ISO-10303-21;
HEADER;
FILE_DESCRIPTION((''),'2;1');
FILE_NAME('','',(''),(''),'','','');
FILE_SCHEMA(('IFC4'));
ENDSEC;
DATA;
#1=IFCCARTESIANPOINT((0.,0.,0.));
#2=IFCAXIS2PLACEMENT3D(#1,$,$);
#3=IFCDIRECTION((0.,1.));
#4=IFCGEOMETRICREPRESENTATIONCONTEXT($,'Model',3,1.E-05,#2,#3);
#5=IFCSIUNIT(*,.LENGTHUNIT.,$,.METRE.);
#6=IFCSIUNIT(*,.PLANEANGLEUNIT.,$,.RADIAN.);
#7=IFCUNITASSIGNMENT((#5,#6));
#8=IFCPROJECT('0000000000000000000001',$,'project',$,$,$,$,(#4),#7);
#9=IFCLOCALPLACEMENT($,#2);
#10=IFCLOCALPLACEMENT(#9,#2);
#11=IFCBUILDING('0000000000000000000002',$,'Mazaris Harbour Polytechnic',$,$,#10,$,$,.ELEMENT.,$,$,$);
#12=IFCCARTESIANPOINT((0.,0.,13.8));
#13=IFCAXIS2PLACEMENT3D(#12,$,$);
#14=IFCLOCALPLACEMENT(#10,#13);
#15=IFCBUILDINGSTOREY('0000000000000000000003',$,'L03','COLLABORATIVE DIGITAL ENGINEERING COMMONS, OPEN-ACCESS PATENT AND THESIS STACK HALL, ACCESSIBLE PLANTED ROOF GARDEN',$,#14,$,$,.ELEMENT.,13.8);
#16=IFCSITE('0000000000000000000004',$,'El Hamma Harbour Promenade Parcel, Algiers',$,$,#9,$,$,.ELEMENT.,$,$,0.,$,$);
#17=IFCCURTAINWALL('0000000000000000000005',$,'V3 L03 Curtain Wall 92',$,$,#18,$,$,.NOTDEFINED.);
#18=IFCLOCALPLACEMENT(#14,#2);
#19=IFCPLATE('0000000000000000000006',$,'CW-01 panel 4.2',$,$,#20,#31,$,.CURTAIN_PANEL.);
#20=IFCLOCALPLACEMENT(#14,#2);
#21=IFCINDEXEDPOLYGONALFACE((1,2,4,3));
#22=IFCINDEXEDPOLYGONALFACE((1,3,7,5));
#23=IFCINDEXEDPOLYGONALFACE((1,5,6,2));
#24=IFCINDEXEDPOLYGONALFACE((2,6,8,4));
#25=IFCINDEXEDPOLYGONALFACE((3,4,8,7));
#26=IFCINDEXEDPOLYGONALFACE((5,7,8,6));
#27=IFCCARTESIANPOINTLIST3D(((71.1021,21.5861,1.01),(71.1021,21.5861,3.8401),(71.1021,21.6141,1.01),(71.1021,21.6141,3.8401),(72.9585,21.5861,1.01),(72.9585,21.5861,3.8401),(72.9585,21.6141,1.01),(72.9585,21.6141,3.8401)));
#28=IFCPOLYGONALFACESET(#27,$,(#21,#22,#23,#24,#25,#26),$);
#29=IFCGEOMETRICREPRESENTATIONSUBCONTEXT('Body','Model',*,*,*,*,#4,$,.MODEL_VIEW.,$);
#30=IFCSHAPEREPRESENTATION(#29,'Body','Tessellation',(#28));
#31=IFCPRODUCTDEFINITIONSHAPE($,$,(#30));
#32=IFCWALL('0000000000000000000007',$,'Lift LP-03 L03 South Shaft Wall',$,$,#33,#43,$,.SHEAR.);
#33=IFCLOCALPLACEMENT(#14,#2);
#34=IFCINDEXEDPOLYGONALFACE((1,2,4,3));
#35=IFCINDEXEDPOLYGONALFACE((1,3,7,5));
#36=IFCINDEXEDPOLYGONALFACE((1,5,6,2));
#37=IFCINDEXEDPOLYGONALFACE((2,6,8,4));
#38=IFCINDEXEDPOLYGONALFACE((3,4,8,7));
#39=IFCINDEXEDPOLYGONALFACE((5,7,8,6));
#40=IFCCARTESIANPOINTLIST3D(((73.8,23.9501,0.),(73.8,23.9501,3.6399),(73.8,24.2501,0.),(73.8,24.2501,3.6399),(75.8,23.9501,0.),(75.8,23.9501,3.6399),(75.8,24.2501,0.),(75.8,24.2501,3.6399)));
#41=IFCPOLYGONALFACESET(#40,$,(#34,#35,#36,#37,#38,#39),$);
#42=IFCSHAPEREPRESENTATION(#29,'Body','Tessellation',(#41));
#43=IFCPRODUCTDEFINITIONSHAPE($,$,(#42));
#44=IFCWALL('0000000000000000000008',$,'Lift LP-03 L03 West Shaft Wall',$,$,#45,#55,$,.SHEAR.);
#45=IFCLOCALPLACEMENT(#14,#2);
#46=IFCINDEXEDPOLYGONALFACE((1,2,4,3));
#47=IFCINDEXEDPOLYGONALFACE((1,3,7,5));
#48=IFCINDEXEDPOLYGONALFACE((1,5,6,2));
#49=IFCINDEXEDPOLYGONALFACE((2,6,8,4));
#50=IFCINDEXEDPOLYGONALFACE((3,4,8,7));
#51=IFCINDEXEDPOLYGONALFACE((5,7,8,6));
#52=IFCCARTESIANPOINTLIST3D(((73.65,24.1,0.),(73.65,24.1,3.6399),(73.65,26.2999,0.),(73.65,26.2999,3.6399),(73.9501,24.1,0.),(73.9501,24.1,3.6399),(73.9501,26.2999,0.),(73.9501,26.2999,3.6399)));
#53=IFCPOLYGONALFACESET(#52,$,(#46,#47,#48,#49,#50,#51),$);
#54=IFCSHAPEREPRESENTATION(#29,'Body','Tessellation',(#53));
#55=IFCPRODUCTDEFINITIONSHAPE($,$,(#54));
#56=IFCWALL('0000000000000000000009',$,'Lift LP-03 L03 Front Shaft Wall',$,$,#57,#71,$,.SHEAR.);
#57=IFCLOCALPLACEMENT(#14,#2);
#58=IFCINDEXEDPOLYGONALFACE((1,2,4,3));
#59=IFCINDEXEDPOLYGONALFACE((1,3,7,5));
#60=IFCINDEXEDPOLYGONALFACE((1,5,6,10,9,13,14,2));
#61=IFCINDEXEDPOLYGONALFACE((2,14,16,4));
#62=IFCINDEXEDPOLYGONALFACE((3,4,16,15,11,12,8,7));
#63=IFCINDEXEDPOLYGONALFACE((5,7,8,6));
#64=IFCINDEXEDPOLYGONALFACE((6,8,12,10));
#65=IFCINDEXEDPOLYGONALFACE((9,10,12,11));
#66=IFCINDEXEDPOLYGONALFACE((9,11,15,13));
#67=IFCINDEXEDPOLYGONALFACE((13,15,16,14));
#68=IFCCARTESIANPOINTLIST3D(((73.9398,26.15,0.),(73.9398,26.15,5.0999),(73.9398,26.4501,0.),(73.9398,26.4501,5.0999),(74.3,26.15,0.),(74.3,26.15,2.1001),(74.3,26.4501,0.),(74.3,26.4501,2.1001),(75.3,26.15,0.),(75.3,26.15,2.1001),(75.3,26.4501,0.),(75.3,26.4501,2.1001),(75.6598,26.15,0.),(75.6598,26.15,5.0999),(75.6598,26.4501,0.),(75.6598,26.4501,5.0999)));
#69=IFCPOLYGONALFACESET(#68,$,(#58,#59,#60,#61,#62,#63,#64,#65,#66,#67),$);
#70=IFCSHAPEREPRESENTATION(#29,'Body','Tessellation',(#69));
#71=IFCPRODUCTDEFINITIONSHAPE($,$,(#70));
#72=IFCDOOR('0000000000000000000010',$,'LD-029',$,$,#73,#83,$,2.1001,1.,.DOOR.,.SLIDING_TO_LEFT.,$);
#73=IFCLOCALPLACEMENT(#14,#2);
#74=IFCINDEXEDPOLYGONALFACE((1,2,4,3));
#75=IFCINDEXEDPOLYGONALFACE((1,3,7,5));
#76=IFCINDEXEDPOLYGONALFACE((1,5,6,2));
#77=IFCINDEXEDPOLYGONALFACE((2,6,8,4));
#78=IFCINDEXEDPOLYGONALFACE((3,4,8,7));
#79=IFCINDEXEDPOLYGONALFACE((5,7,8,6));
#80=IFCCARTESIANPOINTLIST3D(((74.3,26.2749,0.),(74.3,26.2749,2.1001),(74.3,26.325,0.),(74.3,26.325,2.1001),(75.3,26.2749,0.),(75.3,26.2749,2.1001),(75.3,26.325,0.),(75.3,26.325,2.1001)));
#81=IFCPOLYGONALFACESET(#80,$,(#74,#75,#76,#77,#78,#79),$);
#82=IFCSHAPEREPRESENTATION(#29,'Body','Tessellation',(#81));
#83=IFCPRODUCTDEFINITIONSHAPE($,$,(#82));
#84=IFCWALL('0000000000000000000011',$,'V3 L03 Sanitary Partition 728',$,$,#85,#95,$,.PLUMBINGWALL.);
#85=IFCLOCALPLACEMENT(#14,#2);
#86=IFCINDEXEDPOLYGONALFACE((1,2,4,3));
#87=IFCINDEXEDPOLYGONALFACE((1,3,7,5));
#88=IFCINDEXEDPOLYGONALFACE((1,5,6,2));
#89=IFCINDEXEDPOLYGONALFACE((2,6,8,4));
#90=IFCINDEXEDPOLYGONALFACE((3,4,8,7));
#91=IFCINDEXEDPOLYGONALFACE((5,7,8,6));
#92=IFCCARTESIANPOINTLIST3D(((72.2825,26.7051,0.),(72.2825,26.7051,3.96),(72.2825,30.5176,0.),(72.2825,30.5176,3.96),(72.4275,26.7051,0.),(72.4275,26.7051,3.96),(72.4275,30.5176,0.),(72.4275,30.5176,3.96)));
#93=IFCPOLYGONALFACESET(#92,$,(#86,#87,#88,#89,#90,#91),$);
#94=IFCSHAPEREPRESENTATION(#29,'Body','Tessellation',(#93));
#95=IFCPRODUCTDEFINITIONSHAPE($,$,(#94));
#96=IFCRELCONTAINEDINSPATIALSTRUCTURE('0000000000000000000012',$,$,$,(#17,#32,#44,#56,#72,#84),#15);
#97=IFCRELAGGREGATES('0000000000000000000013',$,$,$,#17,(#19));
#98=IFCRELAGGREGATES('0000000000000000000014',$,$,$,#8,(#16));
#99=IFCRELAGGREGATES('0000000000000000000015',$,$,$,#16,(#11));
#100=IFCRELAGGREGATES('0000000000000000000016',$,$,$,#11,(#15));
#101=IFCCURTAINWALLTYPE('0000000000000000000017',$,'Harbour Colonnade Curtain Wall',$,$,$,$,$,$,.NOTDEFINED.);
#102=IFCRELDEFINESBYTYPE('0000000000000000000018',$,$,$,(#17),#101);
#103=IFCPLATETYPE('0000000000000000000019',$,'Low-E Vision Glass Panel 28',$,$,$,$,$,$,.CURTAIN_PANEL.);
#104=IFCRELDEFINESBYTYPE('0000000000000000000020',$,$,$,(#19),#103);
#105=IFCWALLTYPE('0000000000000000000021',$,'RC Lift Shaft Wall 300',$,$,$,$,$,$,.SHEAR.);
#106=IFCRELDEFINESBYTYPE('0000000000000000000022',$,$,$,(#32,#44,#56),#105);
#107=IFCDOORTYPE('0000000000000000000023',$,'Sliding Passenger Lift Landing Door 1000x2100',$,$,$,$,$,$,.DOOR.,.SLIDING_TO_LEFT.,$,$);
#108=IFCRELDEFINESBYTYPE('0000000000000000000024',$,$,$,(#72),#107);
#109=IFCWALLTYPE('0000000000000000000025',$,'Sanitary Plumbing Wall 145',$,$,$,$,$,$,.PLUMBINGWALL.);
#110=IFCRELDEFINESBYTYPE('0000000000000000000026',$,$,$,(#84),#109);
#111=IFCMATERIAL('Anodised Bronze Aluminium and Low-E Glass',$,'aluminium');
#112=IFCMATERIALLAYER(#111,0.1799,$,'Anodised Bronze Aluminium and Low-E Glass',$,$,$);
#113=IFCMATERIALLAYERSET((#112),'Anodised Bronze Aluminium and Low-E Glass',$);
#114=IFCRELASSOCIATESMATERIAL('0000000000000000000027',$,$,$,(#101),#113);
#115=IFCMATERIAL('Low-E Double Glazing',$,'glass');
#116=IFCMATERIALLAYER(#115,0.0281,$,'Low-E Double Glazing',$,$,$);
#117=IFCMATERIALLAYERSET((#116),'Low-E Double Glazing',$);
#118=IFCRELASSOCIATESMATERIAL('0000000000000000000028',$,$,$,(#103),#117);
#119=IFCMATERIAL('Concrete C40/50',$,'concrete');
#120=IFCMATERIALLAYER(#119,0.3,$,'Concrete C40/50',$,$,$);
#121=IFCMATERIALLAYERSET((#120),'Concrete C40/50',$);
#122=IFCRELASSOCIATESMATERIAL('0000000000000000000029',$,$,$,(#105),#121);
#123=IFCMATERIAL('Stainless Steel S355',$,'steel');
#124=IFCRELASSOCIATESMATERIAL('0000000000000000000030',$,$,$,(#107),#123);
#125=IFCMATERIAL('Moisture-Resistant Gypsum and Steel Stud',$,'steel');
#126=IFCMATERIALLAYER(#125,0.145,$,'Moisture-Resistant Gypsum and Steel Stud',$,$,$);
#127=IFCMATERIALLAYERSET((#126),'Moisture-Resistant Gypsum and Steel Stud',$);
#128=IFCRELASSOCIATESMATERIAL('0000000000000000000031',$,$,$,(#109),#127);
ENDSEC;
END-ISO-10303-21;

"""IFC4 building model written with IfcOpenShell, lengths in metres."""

from ifc_helpers import new_model, si_unit, direction, frame, frame_2d, origin, origin_2d, place, context, subcontext, project, spatial, rectangle, extrude, material, layer, layer_set, type_object, element, fill, aggregate, save


model = new_model("IFC4")

# Units and contexts
model_context = context("Model", 3, precision=1e-05, world=origin(), true_north=direction((0.0, 1.0)))
body_context = subcontext(model_context, "Body", "Model", "MODEL_VIEW")
ifc_project = project(units=[si_unit("LENGTHUNIT", "METRE"), si_unit("PLANEANGLEUNIT", "RADIAN")], contexts=[model_context])

# Site, building, storey
site_placement = place(None, origin())
site = spatial("IfcSite", under=ifc_project, at=site_placement, Name="El Hamma Harbour Promenade Parcel, Algiers", CompositionType="ELEMENT", RefElevation=0.0)
building_placement = place(site_placement, origin())
building = spatial("IfcBuilding", under=site, at=building_placement, Name="Mazaris Harbour Polytechnic", CompositionType="ELEMENT")
storey_placement = place(building_placement, frame((0.0, 0.0, 13.8)))
storey = spatial("IfcBuildingStorey", under=building, at=storey_placement, Name="L03", Description="COLLABORATIVE DIGITAL ENGINEERING COMMONS, OPEN-ACCESS PATENT AND THESIS STACK HALL, ACCESSIBLE PLANTED ROOF GARDEN", CompositionType="ELEMENT", Elevation=13.8)

# Curtain wall
ifc_material_1 = material(Name="Anodised Bronze Aluminium and Low-E Glass", Category="aluminium")
ifc_layer_1 = layer(ifc_material_1, 0.1799, Name="Anodised Bronze Aluminium and Low-E Glass")
ifc_layer_set_1 = layer_set([ifc_layer_1], Name="Anodised Bronze Aluminium and Low-E Glass")
curtain_wall_type = type_object("IfcCurtainWallType", Name="Harbour Colonnade Curtain Wall", PredefinedType="NOTDEFINED", material=ifc_layer_set_1)
curtain_wall_placement = place(storey_placement, origin())
curtain_wall = element("IfcCurtainWall", 1, at=curtain_wall_placement, inside=storey, type_object=curtain_wall_type, Name="V3 L03 Curtain Wall 92", PredefinedType="NOTDEFINED")

# Plate
ifc_material_2 = material(Name="Low-E Double Glazing", Category="glass")
ifc_layer_2 = layer(ifc_material_2, 0.0281, Name="Low-E Double Glazing")
ifc_layer_set_2 = layer_set([ifc_layer_2], Name="Low-E Double Glazing")
plate_type = type_object("IfcPlateType", Name="Low-E Vision Glass Panel 28", PredefinedType="CURTAIN_PANEL", material=ifc_layer_set_2)
plate_1_placement = place(storey_placement, frame((72.0303, 21.6001, 1.01), z_axis=(0.0, 0.0, 1.0), x_axis=(-1.0, 0.0, 0.0)))
plate_1 = element("IfcPlate", 2, at=plate_1_placement, type_object=plate_type, Name="CW-01 panel 4.2", PredefinedType="CURTAIN_PANEL", context=body_context, shape_type="SweptSolid", body=[
    extrude(rectangle(XDim=1.8564, YDim=0.0281, at=origin_2d()), origin(), (0.0, 0.0, 1.0), 2.8301),
])
aggregate(curtain_wall, [plate_1])

# Walls
ifc_material_3 = material(Name="Concrete C40/50", Category="concrete")
ifc_layer_3 = layer(ifc_material_3, 0.3, Name="Concrete C40/50")
ifc_layer_set_3 = layer_set([ifc_layer_3], Name="Concrete C40/50")
wall_type_1 = type_object("IfcWallType", Name="RC Lift Shaft Wall 300", PredefinedType="SHEAR", material=ifc_layer_set_3)
wall_1_placement = place(storey_placement, frame((73.8, 24.1001, 0.0), z_axis=(0.0, 0.0, 1.0), x_axis=(1.0, 0.0, 0.0)))
element("IfcWall", 3, at=wall_1_placement, inside=storey, type_object=wall_type_1, Name="Lift LP-03 L03 South Shaft Wall", PredefinedType="SHEAR", context=body_context, shape_type="SweptSolid", body=[
    extrude(rectangle(XDim=2.0, YDim=0.3, at=frame_2d((1.0, 0.0))), origin(), (0.0, 0.0, 1.0), 3.6399),
])
wall_2_placement = place(storey_placement, frame((73.8, 26.3, 0.0), z_axis=(0.0, 0.0, 1.0), x_axis=(0.0, -1.0, 0.0)))
element("IfcWall", 4, at=wall_2_placement, inside=storey, type_object=wall_type_1, Name="Lift LP-03 L03 West Shaft Wall", PredefinedType="SHEAR", context=body_context, shape_type="SweptSolid", body=[
    extrude(rectangle(XDim=2.2, YDim=0.3, at=frame_2d((1.1001, 0.0))), origin(), (0.0, 0.0, 1.0), 3.6399),
])

# Wall, opening, door
wall_3_placement = place(storey_placement, frame((73.9399, 26.3, 0.0), z_axis=(0.0, 0.0, 1.0), x_axis=(1.0, 0.0, 0.0)))
wall_3 = element("IfcWall", 5, at=wall_3_placement, inside=storey, type_object=wall_type_1, Name="Lift LP-03 L03 Front Shaft Wall", PredefinedType="SHEAR", context=body_context, shape_type="SweptSolid", body=[
    extrude(rectangle(XDim=1.72, YDim=0.3, at=frame_2d((0.8599, 0.0))), origin(), (0.0, 0.0, 1.0), 5.0999),
])
opening_placement = place(wall_3_placement, frame((0.3601, 0.0, 0.0)))
opening = element("IfcOpeningElement", 6, at=opening_placement, cuts=wall_3, PredefinedType="OPENING", context=body_context, shape_type="SweptSolid", body=[
    extrude(rectangle(XDim=1.0, YDim=2.1001, at=frame_2d((0.5, 1.05))), frame((0.0, 0.1599, 0.0), z_axis=(0.0, -1.0, 0.0), x_axis=(1.0, 0.0, 0.0)), (0.0, 0.0, 1.0), 0.3201),
])
ifc_material_4 = material(Name="Stainless Steel S355", Category="steel")
door_type = type_object("IfcDoorType", Name="Sliding Passenger Lift Landing Door 1000x2100", OperationType="SLIDING_TO_LEFT", PredefinedType="DOOR", material=ifc_material_4)
door_placement = place(opening_placement, origin())
door = element("IfcDoor", 7, at=door_placement, inside=storey, type_object=door_type, Name="LD-029", OperationType="SLIDING_TO_LEFT", OverallHeight=2.1001, OverallWidth=1.0, PredefinedType="DOOR", context=body_context, shape_type="SweptSolid", body=[
    extrude(rectangle(XDim=1.0, YDim=2.1001, at=frame_2d((0.5, 1.05))), frame((0.0, 0.0249, 0.0), z_axis=(0.0, -1.0, 0.0), x_axis=(1.0, 0.0, 0.0)), (0.0, 0.0, 1.0), 0.05),
])
fill(opening, door)

# Wall
ifc_material_5 = material(Name="Moisture-Resistant Gypsum and Steel Stud", Category="steel")
ifc_layer_4 = layer(ifc_material_5, 0.145, Name="Moisture-Resistant Gypsum and Steel Stud")
ifc_layer_set_4 = layer_set([ifc_layer_4], Name="Moisture-Resistant Gypsum and Steel Stud")
wall_type_2 = type_object("IfcWallType", Name="Sanitary Plumbing Wall 145", PredefinedType="PLUMBINGWALL", material=ifc_layer_set_4)
wall_4_placement = place(storey_placement, frame((72.355, 26.7051, 0.0), z_axis=(0.0, 0.0, 1.0), x_axis=(0.0, 1.0, 0.0)))
element("IfcWall", 8, at=wall_4_placement, inside=storey, type_object=wall_type_2, Name="V3 L03 Sanitary Partition 728", PredefinedType="PLUMBINGWALL", context=body_context, shape_type="SweptSolid", body=[
    extrude(rectangle(XDim=3.8125, YDim=0.145, at=frame_2d((1.9062, 0.0))), origin(), (0.0, 0.0, 1.0), 3.96),
])

save(model, "model.ifc")
